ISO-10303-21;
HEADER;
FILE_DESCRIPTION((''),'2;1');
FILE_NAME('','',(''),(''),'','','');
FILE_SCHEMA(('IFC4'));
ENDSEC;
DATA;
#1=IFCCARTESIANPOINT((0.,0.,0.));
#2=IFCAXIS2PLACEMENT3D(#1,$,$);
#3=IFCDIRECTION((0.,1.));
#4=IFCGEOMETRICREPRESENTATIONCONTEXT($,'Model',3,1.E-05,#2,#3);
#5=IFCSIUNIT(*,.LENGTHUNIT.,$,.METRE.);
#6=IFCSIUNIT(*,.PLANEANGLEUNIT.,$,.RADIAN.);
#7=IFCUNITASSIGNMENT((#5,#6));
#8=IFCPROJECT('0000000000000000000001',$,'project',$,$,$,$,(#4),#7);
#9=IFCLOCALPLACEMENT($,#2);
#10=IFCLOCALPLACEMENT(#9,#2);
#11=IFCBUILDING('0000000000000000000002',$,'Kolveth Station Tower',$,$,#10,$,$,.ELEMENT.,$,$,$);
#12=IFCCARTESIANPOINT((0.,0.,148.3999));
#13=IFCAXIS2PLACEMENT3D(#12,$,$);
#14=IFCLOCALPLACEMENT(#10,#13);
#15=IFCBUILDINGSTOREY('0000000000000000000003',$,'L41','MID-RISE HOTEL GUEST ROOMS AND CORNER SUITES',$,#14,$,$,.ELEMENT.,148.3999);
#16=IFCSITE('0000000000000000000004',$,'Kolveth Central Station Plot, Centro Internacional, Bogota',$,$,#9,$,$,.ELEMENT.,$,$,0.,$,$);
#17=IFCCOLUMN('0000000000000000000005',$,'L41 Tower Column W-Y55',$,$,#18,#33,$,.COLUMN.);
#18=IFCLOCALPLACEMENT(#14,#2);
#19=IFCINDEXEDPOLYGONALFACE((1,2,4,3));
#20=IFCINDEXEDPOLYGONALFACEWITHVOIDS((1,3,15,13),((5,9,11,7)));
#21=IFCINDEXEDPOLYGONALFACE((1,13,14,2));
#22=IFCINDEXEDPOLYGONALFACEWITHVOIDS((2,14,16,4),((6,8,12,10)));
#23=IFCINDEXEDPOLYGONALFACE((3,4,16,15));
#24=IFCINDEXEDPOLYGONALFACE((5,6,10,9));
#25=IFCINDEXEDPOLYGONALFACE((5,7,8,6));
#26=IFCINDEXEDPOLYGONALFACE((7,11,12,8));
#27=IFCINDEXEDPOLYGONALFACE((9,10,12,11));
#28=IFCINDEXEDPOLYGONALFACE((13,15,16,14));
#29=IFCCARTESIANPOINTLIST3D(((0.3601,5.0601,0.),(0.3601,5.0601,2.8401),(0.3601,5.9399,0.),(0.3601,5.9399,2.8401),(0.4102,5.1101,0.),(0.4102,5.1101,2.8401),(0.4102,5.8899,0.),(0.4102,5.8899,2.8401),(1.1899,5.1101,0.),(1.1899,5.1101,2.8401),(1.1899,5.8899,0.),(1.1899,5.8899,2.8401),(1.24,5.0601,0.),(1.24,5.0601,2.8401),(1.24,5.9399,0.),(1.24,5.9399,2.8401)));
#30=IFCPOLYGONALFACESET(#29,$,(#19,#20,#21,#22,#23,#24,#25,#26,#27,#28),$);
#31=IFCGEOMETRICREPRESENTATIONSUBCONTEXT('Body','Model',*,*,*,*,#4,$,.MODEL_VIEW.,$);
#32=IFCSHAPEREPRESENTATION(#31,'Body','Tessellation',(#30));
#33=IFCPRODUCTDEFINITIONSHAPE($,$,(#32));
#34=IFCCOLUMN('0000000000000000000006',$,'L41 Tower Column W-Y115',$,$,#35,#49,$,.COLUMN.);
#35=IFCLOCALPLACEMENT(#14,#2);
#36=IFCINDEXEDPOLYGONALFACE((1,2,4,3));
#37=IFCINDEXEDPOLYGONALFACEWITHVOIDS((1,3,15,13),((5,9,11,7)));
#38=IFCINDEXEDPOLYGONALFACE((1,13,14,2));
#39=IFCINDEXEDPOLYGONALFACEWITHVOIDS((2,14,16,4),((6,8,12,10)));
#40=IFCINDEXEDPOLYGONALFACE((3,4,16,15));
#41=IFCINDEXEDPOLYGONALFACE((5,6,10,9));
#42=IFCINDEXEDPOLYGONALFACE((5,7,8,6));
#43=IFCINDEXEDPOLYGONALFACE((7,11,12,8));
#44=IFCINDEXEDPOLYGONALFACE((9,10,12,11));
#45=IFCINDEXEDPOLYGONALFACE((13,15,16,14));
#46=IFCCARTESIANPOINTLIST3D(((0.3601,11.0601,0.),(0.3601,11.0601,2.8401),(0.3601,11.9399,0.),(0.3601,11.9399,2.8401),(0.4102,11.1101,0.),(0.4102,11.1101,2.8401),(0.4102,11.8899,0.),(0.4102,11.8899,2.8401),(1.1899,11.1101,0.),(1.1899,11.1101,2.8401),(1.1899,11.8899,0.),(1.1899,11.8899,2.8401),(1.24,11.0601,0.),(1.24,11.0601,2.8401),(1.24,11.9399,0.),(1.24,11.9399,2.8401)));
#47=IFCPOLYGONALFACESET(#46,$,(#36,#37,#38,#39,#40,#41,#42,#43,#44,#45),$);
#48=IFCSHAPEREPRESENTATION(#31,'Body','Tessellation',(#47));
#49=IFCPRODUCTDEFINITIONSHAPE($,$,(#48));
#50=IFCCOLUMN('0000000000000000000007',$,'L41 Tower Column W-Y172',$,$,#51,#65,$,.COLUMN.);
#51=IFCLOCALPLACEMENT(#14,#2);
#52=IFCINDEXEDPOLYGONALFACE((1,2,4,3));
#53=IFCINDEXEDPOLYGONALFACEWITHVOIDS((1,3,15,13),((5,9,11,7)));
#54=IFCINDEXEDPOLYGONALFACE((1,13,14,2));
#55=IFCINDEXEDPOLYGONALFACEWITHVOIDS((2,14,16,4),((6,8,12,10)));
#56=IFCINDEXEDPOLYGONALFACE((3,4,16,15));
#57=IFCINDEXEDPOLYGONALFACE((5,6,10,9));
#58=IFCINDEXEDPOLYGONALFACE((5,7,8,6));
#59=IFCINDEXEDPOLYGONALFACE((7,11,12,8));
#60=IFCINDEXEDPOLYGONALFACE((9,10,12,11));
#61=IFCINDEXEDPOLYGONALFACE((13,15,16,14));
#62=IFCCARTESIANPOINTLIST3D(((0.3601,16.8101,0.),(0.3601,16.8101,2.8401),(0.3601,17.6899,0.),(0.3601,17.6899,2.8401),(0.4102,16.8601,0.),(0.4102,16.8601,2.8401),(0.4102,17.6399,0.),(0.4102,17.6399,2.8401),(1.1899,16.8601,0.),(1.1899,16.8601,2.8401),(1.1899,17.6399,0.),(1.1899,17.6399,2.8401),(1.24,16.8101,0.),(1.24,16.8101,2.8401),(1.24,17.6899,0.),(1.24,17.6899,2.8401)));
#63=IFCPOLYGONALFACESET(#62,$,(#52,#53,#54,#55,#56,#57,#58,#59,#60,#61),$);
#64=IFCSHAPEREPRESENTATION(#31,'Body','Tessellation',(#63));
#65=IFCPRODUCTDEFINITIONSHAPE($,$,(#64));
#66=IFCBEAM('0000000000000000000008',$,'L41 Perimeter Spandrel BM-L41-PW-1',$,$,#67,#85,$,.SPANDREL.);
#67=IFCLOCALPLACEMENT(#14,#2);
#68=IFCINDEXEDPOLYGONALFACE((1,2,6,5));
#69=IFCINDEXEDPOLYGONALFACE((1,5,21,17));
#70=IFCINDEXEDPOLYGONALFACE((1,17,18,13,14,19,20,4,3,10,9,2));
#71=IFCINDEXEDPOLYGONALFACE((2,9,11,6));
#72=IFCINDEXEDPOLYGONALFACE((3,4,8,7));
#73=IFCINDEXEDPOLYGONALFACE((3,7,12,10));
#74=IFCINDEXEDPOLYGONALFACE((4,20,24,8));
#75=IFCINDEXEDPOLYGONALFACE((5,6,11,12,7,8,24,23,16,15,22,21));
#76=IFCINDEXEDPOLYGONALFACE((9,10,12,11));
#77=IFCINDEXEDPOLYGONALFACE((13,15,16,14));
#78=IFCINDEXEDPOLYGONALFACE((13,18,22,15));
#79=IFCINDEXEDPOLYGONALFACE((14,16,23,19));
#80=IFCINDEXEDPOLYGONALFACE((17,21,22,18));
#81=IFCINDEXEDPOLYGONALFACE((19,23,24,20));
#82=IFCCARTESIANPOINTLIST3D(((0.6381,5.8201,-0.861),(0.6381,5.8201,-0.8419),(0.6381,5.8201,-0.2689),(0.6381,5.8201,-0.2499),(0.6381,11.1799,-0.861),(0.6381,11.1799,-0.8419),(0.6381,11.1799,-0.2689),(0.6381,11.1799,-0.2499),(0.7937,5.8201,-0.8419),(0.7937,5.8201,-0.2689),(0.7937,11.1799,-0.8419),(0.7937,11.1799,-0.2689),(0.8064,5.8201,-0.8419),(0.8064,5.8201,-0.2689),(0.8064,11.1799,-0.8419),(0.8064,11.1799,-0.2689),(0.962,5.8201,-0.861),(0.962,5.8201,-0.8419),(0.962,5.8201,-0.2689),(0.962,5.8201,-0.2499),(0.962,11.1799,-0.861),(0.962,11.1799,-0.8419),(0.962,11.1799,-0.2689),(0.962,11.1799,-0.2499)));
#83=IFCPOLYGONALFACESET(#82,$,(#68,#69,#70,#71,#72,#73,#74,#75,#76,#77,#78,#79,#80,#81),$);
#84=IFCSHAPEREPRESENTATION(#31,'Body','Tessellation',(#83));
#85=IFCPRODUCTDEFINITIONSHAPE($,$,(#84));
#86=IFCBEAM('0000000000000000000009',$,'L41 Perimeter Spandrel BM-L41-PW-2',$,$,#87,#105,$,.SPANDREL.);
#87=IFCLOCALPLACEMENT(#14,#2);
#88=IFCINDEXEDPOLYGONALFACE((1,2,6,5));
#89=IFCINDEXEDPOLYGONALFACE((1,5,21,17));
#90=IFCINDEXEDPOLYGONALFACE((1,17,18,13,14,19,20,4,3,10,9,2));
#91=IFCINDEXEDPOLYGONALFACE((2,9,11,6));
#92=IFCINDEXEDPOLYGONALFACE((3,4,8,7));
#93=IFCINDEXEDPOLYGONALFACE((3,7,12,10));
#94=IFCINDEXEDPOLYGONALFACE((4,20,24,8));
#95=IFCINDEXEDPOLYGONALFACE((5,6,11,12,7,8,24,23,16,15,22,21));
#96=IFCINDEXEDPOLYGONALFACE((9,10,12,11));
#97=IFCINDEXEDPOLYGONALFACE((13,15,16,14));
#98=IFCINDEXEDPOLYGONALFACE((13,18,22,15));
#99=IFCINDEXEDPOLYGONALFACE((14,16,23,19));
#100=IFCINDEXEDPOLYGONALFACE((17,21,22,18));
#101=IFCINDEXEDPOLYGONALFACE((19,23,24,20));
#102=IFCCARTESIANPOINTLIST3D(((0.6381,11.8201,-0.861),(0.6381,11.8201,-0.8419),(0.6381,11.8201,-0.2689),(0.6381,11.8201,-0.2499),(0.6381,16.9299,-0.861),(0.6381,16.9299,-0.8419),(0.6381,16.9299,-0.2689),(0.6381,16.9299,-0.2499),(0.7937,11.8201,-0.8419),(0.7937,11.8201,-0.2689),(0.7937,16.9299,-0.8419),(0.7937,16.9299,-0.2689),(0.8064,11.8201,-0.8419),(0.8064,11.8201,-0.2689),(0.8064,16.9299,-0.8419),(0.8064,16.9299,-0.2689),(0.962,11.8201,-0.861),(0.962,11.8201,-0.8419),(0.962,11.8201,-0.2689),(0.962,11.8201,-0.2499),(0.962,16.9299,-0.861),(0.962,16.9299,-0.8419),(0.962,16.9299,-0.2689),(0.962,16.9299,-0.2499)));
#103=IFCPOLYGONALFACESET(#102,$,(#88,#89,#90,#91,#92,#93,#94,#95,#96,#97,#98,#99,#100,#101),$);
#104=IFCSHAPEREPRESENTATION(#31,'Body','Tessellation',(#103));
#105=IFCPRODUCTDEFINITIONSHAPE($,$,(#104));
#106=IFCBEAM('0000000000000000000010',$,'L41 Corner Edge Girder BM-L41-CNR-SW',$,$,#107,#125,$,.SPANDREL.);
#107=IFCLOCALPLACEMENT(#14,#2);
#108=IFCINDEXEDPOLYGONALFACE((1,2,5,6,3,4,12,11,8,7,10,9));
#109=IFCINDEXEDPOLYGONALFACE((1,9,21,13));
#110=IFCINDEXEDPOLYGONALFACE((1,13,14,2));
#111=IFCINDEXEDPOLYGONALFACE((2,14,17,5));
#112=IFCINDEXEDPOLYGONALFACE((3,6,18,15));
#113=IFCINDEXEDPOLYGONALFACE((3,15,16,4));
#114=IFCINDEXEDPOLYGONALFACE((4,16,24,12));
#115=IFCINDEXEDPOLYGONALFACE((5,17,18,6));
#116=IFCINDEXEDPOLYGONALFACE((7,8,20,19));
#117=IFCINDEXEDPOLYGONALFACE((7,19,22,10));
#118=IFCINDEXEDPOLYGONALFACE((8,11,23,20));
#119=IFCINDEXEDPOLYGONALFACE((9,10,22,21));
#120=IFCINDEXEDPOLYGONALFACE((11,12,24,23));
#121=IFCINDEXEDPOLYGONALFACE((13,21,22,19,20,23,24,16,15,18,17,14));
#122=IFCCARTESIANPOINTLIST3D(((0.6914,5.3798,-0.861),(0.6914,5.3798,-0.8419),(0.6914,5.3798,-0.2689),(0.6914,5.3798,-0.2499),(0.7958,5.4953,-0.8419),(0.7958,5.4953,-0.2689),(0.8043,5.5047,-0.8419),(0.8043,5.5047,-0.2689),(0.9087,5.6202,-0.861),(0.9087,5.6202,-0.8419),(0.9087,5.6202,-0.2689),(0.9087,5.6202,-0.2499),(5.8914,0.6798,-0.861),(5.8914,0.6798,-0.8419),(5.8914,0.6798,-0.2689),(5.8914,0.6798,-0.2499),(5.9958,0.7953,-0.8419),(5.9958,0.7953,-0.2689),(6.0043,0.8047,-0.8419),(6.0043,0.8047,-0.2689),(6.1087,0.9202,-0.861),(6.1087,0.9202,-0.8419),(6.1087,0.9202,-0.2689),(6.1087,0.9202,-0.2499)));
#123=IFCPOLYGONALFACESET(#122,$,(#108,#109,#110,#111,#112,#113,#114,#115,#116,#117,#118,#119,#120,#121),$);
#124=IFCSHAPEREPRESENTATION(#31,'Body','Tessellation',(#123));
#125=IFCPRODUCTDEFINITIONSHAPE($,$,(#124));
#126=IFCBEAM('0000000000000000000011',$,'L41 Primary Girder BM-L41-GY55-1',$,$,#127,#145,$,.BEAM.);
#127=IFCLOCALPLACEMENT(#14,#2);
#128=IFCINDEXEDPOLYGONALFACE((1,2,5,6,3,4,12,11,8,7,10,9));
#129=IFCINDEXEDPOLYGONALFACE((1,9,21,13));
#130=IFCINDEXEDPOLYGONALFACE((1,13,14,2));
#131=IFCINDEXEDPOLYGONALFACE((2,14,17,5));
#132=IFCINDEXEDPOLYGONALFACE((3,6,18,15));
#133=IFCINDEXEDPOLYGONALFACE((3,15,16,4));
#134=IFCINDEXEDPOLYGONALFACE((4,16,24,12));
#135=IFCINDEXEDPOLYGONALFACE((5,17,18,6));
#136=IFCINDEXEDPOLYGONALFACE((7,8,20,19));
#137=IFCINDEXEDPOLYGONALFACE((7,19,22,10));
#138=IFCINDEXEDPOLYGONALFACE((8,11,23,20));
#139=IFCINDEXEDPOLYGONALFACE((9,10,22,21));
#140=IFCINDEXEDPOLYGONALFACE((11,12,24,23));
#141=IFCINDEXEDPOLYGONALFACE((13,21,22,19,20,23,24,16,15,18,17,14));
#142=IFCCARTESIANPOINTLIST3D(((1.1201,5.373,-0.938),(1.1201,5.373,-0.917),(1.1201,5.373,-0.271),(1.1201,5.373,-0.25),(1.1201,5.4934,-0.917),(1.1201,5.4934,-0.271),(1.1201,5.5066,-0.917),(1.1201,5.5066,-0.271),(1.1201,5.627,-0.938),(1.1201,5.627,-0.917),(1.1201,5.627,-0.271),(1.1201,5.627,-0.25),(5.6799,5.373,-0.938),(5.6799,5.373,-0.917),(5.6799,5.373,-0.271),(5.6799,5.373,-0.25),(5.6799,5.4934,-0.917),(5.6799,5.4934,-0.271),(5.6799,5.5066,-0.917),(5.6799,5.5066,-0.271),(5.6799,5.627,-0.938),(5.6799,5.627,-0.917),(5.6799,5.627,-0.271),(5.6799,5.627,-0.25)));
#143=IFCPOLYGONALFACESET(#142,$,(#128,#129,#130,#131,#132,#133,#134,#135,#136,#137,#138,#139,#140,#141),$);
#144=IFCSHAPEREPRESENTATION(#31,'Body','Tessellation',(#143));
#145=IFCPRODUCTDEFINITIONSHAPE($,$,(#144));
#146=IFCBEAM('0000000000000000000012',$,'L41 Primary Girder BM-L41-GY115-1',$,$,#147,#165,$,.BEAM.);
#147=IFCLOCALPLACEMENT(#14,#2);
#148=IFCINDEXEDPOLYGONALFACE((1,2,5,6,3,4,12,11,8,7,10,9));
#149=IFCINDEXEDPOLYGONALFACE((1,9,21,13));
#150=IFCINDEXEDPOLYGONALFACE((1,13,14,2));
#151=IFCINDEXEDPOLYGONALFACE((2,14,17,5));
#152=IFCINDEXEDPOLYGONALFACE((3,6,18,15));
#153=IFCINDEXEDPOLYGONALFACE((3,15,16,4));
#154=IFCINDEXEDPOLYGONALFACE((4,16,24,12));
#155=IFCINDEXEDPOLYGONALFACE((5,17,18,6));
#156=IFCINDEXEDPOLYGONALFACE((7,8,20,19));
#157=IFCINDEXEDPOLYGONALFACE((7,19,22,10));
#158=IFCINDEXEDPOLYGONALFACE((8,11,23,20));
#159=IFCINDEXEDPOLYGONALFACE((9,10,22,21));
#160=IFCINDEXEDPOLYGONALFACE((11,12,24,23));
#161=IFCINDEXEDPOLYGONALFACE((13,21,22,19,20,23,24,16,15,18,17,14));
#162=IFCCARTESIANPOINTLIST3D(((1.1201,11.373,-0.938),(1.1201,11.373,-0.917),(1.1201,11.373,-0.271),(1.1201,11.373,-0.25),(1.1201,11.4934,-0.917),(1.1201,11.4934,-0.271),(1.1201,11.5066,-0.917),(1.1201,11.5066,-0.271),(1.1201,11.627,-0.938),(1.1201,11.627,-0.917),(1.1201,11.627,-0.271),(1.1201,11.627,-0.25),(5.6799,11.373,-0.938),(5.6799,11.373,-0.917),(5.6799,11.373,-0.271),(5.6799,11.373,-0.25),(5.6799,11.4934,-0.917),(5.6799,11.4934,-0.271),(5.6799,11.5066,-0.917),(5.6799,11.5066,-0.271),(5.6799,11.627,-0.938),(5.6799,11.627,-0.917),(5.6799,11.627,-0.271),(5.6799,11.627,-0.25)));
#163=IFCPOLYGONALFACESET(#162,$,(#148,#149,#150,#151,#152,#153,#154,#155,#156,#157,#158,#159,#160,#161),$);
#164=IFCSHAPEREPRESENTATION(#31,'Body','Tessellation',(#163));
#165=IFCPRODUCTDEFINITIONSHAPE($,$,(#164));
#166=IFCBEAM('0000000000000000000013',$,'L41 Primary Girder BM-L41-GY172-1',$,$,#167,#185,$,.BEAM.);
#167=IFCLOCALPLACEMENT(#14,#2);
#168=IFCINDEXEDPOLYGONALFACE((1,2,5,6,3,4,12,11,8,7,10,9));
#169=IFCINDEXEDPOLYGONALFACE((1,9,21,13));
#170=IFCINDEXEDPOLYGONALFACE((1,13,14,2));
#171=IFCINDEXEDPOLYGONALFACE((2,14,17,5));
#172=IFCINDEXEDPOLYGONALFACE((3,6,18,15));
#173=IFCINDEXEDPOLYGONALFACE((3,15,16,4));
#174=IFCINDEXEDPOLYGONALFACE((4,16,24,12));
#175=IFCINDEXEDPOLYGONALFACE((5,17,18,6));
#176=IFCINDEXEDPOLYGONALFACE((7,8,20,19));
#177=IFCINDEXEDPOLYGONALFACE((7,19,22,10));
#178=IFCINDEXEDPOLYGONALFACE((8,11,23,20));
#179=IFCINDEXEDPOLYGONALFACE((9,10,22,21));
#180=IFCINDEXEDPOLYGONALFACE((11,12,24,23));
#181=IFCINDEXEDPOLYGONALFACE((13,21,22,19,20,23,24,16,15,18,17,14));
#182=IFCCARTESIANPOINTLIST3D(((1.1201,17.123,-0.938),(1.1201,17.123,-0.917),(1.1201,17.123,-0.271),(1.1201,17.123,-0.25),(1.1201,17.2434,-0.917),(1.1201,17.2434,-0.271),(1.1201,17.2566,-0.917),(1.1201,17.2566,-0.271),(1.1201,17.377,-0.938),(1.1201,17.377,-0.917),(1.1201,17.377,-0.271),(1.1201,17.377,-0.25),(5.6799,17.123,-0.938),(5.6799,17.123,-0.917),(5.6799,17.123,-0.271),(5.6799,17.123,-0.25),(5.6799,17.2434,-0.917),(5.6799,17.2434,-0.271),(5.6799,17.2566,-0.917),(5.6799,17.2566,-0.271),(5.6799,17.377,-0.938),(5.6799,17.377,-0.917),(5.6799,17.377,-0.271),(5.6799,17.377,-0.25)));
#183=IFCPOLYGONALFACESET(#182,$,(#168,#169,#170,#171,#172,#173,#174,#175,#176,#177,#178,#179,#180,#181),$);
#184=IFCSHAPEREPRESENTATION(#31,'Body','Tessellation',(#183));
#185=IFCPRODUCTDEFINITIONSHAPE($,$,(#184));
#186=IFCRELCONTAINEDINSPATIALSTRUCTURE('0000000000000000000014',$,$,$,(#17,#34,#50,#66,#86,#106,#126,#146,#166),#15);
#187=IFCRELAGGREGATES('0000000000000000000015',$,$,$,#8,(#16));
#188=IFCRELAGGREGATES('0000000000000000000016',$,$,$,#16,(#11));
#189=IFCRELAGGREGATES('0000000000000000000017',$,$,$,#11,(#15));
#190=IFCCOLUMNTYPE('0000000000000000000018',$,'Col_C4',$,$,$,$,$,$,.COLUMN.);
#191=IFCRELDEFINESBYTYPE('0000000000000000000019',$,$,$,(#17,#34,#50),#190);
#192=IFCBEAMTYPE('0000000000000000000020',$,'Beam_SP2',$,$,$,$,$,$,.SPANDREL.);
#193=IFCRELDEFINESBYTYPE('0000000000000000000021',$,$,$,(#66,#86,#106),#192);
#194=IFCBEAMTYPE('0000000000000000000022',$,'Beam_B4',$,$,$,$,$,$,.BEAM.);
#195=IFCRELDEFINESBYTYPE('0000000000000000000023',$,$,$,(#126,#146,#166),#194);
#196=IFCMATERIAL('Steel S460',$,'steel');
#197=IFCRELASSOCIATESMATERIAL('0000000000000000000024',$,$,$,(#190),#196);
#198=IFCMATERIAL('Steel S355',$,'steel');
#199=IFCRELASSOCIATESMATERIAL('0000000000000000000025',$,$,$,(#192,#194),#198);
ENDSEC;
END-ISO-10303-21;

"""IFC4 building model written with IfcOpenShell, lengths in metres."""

from ifc_helpers import new_model, si_unit, direction, frame, origin, origin_2d, place, context, subcontext, project, spatial, hollow_rectangle, i_section, extrude, source, transform, mapped, material, material_profile, profile_set, type_object, element, save


model = new_model("IFC4")

# Units and contexts
model_context = context("Model", 3, precision=1e-05, world=origin(), true_north=direction((0.0, 1.0)))
body_context = subcontext(model_context, "Body", "Model", "MODEL_VIEW")
ifc_project = project(units=[si_unit("LENGTHUNIT", "METRE"), si_unit("PLANEANGLEUNIT", "RADIAN")], contexts=[model_context])

# Site, building, storey
site_placement = place(None, origin())
site = spatial("IfcSite", under=ifc_project, at=site_placement, Name="Kolveth Central Station Plot, Centro Internacional, Bogota", CompositionType="ELEMENT", RefElevation=0.0)
building_placement = place(site_placement, origin())
building = spatial("IfcBuilding", under=site, at=building_placement, Name="Kolveth Station Tower", CompositionType="ELEMENT")
storey_placement = place(building_placement, frame((0.0, 0.0, 148.3999)))
storey = spatial("IfcBuildingStorey", under=building, at=storey_placement, Name="L41", Description="MID-RISE HOTEL GUEST ROOMS AND CORNER SUITES", CompositionType="ELEMENT", Elevation=148.3999)

# Columns
ifc_material_1 = material(Name="Steel S460", Category="steel")
ifc_material_profile_1 = material_profile(ifc_material_1, hollow_rectangle(XDim=0.8799, YDim=0.8799, WallThickness=0.05, at=origin_2d()), Name="BOX880x880x50")
ifc_profile_set_1 = profile_set([ifc_material_profile_1], Name="Steel S460")
column_type = type_object("IfcColumnType", Name="Col_C4", PredefinedType="COLUMN", material=ifc_profile_set_1)
shared_shape_1 = source(origin(), body_context, "Body", "SweptSolid", [
    extrude(hollow_rectangle(XDim=0.8799, YDim=0.8799, WallThickness=0.05, at=origin_2d()), origin(), (0.0, 0.0, 1.0), 2.8401),
])
for number, where, z_axis, x_axis, name in (
    (1, (0.8, 5.5, 0.0), (0.0, 0.0, 1.0), (1.0, 0.0, 0.0), "L41 Tower Column W-Y55"),
    (2, (0.8, 11.5, 0.0), (0.0, 0.0, 1.0), (1.0, 0.0, 0.0), "L41 Tower Column W-Y115"),
    (3, (0.8, 17.25, 0.0), (0.0, 0.0, 1.0), (1.0, 0.0, 0.0), "L41 Tower Column W-Y172"),
):
    element("IfcColumn", number, at=place(storey_placement, frame(where, z_axis=z_axis, x_axis=x_axis)), inside=storey, type_object=column_type, Name=name, PredefinedType="COLUMN", context=body_context, shape_type="MappedRepresentation", body=[
        mapped(shared_shape_1, transform((0.0, 0.0, 0.0), x_axis=(1.0, 0.0, 0.0), y_axis=(0.0, 1.0, 0.0), z_axis=(0.0, 0.0, 1.0), scale=1.0)),
    ])

# Beams
ifc_material_2 = material(Name="Steel S355", Category="steel")
ifc_material_profile_2 = material_profile(ifc_material_2, i_section(OverallWidth=0.324, OverallDepth=0.6111, WebThickness=0.0127, FlangeThickness=0.019, at=origin_2d()), Name="W610x155")
ifc_profile_set_2 = profile_set([ifc_material_profile_2], Name="Steel S355")
beam_type_1 = type_object("IfcBeamType", Name="Beam_SP2", PredefinedType="SPANDREL", material=ifc_profile_set_2)
shared_shape_2 = source(origin(), body_context, "Body", "SweptSolid", [
    extrude(i_section(OverallWidth=0.324, OverallDepth=0.6111, WebThickness=0.0127, FlangeThickness=0.019, at=origin_2d()), origin(), (0.0, 0.0, 1.0), 5.3599),
])
beam_1_placement = place(storey_placement, frame((0.8, 5.8201, -0.5554), z_axis=(0.0, 1.0, 0.0), x_axis=(-1.0, 0.0, 0.0)))
element("IfcBeam", 4, at=beam_1_placement, inside=storey, type_object=beam_type_1, Name="L41 Perimeter Spandrel BM-L41-PW-1", PredefinedType="SPANDREL", context=body_context, shape_type="MappedRepresentation", body=[
    mapped(shared_shape_2, transform((0.0, 0.0, 0.0), x_axis=(1.0, 0.0, 0.0), y_axis=(0.0, 1.0, 0.0), z_axis=(0.0, 0.0, 1.0), scale=1.0)),
])
shared_shape_3 = source(origin(), body_context, "Body", "SweptSolid", [
    extrude(i_section(OverallWidth=0.324, OverallDepth=0.6111, WebThickness=0.0127, FlangeThickness=0.019, at=origin_2d()), origin(), (0.0, 0.0, 1.0), 5.1099),
])
beam_2_placement = place(storey_placement, frame((0.8, 11.8201, -0.5554), z_axis=(0.0, 1.0, 0.0), x_axis=(-1.0, 0.0, 0.0)))
element("IfcBeam", 5, at=beam_2_placement, inside=storey, type_object=beam_type_1, Name="L41 Perimeter Spandrel BM-L41-PW-2", PredefinedType="SPANDREL", context=body_context, shape_type="MappedRepresentation", body=[
    mapped(shared_shape_3, transform((0.0, 0.0, 0.0), x_axis=(1.0, 0.0, 0.0), y_axis=(0.0, 1.0, 0.0), z_axis=(0.0, 0.0, 1.0), scale=1.0)),
])
shared_shape_4 = source(origin(), body_context, "Body", "SweptSolid", [
    extrude(i_section(OverallWidth=0.324, OverallDepth=0.6111, WebThickness=0.0127, FlangeThickness=0.019, at=origin_2d()), origin(), (0.0, 0.0, 1.0), 7.0093),
])
beam_3_placement = place(storey_placement, frame((0.8, 5.5, -0.5554), z_axis=(0.741874, -0.670539, 0.0), x_axis=(0.670539, 0.741874, 0.0)))
element("IfcBeam", 6, at=beam_3_placement, inside=storey, type_object=beam_type_1, Name="L41 Corner Edge Girder BM-L41-CNR-SW", PredefinedType="SPANDREL", context=body_context, shape_type="MappedRepresentation", body=[
    mapped(shared_shape_4, transform((0.0, 0.0, 0.0), x_axis=(1.0, 0.0, 0.0), y_axis=(0.0, 1.0, 0.0), z_axis=(0.0, 0.0, 1.0), scale=1.0)),
])
ifc_material_profile_3 = material_profile(ifc_material_2, i_section(OverallWidth=0.2539, OverallDepth=0.688, WebThickness=0.0132, FlangeThickness=0.021, at=origin_2d()), Name="W690x152")
ifc_profile_set_3 = profile_set([ifc_material_profile_3], Name="Steel S355")
beam_type_2 = type_object("IfcBeamType", Name="Beam_B4", PredefinedType="BEAM", material=ifc_profile_set_3)
shared_shape_5 = source(origin(), body_context, "Body", "SweptSolid", [
    extrude(i_section(OverallWidth=0.2539, OverallDepth=0.688, WebThickness=0.0132, FlangeThickness=0.021, at=origin_2d()), origin(), (0.0, 0.0, 1.0), 4.5598),
])
for number, where, z_axis, x_axis, name in (
    (7, (1.1201, 5.5, -0.594), (1.0, 0.0, 0.0), (0.0, 1.0, 0.0), "L41 Primary Girder BM-L41-GY55-1"),
    (8, (1.1201, 11.5, -0.594), (1.0, 0.0, 0.0), (0.0, 1.0, 0.0), "L41 Primary Girder BM-L41-GY115-1"),
    (9, (1.1201, 17.25, -0.594), (1.0, 0.0, 0.0), (0.0, 1.0, 0.0), "L41 Primary Girder BM-L41-GY172-1"),
):
    element("IfcBeam", number, at=place(storey_placement, frame(where, z_axis=z_axis, x_axis=x_axis)), inside=storey, type_object=beam_type_2, Name=name, PredefinedType="BEAM", context=body_context, shape_type="MappedRepresentation", body=[
        mapped(shared_shape_5, transform((0.0, 0.0, 0.0), x_axis=(1.0, 0.0, 0.0), y_axis=(0.0, 1.0, 0.0), z_axis=(0.0, 0.0, 1.0), scale=1.0)),
    ])

save(model, "model.ifc")
